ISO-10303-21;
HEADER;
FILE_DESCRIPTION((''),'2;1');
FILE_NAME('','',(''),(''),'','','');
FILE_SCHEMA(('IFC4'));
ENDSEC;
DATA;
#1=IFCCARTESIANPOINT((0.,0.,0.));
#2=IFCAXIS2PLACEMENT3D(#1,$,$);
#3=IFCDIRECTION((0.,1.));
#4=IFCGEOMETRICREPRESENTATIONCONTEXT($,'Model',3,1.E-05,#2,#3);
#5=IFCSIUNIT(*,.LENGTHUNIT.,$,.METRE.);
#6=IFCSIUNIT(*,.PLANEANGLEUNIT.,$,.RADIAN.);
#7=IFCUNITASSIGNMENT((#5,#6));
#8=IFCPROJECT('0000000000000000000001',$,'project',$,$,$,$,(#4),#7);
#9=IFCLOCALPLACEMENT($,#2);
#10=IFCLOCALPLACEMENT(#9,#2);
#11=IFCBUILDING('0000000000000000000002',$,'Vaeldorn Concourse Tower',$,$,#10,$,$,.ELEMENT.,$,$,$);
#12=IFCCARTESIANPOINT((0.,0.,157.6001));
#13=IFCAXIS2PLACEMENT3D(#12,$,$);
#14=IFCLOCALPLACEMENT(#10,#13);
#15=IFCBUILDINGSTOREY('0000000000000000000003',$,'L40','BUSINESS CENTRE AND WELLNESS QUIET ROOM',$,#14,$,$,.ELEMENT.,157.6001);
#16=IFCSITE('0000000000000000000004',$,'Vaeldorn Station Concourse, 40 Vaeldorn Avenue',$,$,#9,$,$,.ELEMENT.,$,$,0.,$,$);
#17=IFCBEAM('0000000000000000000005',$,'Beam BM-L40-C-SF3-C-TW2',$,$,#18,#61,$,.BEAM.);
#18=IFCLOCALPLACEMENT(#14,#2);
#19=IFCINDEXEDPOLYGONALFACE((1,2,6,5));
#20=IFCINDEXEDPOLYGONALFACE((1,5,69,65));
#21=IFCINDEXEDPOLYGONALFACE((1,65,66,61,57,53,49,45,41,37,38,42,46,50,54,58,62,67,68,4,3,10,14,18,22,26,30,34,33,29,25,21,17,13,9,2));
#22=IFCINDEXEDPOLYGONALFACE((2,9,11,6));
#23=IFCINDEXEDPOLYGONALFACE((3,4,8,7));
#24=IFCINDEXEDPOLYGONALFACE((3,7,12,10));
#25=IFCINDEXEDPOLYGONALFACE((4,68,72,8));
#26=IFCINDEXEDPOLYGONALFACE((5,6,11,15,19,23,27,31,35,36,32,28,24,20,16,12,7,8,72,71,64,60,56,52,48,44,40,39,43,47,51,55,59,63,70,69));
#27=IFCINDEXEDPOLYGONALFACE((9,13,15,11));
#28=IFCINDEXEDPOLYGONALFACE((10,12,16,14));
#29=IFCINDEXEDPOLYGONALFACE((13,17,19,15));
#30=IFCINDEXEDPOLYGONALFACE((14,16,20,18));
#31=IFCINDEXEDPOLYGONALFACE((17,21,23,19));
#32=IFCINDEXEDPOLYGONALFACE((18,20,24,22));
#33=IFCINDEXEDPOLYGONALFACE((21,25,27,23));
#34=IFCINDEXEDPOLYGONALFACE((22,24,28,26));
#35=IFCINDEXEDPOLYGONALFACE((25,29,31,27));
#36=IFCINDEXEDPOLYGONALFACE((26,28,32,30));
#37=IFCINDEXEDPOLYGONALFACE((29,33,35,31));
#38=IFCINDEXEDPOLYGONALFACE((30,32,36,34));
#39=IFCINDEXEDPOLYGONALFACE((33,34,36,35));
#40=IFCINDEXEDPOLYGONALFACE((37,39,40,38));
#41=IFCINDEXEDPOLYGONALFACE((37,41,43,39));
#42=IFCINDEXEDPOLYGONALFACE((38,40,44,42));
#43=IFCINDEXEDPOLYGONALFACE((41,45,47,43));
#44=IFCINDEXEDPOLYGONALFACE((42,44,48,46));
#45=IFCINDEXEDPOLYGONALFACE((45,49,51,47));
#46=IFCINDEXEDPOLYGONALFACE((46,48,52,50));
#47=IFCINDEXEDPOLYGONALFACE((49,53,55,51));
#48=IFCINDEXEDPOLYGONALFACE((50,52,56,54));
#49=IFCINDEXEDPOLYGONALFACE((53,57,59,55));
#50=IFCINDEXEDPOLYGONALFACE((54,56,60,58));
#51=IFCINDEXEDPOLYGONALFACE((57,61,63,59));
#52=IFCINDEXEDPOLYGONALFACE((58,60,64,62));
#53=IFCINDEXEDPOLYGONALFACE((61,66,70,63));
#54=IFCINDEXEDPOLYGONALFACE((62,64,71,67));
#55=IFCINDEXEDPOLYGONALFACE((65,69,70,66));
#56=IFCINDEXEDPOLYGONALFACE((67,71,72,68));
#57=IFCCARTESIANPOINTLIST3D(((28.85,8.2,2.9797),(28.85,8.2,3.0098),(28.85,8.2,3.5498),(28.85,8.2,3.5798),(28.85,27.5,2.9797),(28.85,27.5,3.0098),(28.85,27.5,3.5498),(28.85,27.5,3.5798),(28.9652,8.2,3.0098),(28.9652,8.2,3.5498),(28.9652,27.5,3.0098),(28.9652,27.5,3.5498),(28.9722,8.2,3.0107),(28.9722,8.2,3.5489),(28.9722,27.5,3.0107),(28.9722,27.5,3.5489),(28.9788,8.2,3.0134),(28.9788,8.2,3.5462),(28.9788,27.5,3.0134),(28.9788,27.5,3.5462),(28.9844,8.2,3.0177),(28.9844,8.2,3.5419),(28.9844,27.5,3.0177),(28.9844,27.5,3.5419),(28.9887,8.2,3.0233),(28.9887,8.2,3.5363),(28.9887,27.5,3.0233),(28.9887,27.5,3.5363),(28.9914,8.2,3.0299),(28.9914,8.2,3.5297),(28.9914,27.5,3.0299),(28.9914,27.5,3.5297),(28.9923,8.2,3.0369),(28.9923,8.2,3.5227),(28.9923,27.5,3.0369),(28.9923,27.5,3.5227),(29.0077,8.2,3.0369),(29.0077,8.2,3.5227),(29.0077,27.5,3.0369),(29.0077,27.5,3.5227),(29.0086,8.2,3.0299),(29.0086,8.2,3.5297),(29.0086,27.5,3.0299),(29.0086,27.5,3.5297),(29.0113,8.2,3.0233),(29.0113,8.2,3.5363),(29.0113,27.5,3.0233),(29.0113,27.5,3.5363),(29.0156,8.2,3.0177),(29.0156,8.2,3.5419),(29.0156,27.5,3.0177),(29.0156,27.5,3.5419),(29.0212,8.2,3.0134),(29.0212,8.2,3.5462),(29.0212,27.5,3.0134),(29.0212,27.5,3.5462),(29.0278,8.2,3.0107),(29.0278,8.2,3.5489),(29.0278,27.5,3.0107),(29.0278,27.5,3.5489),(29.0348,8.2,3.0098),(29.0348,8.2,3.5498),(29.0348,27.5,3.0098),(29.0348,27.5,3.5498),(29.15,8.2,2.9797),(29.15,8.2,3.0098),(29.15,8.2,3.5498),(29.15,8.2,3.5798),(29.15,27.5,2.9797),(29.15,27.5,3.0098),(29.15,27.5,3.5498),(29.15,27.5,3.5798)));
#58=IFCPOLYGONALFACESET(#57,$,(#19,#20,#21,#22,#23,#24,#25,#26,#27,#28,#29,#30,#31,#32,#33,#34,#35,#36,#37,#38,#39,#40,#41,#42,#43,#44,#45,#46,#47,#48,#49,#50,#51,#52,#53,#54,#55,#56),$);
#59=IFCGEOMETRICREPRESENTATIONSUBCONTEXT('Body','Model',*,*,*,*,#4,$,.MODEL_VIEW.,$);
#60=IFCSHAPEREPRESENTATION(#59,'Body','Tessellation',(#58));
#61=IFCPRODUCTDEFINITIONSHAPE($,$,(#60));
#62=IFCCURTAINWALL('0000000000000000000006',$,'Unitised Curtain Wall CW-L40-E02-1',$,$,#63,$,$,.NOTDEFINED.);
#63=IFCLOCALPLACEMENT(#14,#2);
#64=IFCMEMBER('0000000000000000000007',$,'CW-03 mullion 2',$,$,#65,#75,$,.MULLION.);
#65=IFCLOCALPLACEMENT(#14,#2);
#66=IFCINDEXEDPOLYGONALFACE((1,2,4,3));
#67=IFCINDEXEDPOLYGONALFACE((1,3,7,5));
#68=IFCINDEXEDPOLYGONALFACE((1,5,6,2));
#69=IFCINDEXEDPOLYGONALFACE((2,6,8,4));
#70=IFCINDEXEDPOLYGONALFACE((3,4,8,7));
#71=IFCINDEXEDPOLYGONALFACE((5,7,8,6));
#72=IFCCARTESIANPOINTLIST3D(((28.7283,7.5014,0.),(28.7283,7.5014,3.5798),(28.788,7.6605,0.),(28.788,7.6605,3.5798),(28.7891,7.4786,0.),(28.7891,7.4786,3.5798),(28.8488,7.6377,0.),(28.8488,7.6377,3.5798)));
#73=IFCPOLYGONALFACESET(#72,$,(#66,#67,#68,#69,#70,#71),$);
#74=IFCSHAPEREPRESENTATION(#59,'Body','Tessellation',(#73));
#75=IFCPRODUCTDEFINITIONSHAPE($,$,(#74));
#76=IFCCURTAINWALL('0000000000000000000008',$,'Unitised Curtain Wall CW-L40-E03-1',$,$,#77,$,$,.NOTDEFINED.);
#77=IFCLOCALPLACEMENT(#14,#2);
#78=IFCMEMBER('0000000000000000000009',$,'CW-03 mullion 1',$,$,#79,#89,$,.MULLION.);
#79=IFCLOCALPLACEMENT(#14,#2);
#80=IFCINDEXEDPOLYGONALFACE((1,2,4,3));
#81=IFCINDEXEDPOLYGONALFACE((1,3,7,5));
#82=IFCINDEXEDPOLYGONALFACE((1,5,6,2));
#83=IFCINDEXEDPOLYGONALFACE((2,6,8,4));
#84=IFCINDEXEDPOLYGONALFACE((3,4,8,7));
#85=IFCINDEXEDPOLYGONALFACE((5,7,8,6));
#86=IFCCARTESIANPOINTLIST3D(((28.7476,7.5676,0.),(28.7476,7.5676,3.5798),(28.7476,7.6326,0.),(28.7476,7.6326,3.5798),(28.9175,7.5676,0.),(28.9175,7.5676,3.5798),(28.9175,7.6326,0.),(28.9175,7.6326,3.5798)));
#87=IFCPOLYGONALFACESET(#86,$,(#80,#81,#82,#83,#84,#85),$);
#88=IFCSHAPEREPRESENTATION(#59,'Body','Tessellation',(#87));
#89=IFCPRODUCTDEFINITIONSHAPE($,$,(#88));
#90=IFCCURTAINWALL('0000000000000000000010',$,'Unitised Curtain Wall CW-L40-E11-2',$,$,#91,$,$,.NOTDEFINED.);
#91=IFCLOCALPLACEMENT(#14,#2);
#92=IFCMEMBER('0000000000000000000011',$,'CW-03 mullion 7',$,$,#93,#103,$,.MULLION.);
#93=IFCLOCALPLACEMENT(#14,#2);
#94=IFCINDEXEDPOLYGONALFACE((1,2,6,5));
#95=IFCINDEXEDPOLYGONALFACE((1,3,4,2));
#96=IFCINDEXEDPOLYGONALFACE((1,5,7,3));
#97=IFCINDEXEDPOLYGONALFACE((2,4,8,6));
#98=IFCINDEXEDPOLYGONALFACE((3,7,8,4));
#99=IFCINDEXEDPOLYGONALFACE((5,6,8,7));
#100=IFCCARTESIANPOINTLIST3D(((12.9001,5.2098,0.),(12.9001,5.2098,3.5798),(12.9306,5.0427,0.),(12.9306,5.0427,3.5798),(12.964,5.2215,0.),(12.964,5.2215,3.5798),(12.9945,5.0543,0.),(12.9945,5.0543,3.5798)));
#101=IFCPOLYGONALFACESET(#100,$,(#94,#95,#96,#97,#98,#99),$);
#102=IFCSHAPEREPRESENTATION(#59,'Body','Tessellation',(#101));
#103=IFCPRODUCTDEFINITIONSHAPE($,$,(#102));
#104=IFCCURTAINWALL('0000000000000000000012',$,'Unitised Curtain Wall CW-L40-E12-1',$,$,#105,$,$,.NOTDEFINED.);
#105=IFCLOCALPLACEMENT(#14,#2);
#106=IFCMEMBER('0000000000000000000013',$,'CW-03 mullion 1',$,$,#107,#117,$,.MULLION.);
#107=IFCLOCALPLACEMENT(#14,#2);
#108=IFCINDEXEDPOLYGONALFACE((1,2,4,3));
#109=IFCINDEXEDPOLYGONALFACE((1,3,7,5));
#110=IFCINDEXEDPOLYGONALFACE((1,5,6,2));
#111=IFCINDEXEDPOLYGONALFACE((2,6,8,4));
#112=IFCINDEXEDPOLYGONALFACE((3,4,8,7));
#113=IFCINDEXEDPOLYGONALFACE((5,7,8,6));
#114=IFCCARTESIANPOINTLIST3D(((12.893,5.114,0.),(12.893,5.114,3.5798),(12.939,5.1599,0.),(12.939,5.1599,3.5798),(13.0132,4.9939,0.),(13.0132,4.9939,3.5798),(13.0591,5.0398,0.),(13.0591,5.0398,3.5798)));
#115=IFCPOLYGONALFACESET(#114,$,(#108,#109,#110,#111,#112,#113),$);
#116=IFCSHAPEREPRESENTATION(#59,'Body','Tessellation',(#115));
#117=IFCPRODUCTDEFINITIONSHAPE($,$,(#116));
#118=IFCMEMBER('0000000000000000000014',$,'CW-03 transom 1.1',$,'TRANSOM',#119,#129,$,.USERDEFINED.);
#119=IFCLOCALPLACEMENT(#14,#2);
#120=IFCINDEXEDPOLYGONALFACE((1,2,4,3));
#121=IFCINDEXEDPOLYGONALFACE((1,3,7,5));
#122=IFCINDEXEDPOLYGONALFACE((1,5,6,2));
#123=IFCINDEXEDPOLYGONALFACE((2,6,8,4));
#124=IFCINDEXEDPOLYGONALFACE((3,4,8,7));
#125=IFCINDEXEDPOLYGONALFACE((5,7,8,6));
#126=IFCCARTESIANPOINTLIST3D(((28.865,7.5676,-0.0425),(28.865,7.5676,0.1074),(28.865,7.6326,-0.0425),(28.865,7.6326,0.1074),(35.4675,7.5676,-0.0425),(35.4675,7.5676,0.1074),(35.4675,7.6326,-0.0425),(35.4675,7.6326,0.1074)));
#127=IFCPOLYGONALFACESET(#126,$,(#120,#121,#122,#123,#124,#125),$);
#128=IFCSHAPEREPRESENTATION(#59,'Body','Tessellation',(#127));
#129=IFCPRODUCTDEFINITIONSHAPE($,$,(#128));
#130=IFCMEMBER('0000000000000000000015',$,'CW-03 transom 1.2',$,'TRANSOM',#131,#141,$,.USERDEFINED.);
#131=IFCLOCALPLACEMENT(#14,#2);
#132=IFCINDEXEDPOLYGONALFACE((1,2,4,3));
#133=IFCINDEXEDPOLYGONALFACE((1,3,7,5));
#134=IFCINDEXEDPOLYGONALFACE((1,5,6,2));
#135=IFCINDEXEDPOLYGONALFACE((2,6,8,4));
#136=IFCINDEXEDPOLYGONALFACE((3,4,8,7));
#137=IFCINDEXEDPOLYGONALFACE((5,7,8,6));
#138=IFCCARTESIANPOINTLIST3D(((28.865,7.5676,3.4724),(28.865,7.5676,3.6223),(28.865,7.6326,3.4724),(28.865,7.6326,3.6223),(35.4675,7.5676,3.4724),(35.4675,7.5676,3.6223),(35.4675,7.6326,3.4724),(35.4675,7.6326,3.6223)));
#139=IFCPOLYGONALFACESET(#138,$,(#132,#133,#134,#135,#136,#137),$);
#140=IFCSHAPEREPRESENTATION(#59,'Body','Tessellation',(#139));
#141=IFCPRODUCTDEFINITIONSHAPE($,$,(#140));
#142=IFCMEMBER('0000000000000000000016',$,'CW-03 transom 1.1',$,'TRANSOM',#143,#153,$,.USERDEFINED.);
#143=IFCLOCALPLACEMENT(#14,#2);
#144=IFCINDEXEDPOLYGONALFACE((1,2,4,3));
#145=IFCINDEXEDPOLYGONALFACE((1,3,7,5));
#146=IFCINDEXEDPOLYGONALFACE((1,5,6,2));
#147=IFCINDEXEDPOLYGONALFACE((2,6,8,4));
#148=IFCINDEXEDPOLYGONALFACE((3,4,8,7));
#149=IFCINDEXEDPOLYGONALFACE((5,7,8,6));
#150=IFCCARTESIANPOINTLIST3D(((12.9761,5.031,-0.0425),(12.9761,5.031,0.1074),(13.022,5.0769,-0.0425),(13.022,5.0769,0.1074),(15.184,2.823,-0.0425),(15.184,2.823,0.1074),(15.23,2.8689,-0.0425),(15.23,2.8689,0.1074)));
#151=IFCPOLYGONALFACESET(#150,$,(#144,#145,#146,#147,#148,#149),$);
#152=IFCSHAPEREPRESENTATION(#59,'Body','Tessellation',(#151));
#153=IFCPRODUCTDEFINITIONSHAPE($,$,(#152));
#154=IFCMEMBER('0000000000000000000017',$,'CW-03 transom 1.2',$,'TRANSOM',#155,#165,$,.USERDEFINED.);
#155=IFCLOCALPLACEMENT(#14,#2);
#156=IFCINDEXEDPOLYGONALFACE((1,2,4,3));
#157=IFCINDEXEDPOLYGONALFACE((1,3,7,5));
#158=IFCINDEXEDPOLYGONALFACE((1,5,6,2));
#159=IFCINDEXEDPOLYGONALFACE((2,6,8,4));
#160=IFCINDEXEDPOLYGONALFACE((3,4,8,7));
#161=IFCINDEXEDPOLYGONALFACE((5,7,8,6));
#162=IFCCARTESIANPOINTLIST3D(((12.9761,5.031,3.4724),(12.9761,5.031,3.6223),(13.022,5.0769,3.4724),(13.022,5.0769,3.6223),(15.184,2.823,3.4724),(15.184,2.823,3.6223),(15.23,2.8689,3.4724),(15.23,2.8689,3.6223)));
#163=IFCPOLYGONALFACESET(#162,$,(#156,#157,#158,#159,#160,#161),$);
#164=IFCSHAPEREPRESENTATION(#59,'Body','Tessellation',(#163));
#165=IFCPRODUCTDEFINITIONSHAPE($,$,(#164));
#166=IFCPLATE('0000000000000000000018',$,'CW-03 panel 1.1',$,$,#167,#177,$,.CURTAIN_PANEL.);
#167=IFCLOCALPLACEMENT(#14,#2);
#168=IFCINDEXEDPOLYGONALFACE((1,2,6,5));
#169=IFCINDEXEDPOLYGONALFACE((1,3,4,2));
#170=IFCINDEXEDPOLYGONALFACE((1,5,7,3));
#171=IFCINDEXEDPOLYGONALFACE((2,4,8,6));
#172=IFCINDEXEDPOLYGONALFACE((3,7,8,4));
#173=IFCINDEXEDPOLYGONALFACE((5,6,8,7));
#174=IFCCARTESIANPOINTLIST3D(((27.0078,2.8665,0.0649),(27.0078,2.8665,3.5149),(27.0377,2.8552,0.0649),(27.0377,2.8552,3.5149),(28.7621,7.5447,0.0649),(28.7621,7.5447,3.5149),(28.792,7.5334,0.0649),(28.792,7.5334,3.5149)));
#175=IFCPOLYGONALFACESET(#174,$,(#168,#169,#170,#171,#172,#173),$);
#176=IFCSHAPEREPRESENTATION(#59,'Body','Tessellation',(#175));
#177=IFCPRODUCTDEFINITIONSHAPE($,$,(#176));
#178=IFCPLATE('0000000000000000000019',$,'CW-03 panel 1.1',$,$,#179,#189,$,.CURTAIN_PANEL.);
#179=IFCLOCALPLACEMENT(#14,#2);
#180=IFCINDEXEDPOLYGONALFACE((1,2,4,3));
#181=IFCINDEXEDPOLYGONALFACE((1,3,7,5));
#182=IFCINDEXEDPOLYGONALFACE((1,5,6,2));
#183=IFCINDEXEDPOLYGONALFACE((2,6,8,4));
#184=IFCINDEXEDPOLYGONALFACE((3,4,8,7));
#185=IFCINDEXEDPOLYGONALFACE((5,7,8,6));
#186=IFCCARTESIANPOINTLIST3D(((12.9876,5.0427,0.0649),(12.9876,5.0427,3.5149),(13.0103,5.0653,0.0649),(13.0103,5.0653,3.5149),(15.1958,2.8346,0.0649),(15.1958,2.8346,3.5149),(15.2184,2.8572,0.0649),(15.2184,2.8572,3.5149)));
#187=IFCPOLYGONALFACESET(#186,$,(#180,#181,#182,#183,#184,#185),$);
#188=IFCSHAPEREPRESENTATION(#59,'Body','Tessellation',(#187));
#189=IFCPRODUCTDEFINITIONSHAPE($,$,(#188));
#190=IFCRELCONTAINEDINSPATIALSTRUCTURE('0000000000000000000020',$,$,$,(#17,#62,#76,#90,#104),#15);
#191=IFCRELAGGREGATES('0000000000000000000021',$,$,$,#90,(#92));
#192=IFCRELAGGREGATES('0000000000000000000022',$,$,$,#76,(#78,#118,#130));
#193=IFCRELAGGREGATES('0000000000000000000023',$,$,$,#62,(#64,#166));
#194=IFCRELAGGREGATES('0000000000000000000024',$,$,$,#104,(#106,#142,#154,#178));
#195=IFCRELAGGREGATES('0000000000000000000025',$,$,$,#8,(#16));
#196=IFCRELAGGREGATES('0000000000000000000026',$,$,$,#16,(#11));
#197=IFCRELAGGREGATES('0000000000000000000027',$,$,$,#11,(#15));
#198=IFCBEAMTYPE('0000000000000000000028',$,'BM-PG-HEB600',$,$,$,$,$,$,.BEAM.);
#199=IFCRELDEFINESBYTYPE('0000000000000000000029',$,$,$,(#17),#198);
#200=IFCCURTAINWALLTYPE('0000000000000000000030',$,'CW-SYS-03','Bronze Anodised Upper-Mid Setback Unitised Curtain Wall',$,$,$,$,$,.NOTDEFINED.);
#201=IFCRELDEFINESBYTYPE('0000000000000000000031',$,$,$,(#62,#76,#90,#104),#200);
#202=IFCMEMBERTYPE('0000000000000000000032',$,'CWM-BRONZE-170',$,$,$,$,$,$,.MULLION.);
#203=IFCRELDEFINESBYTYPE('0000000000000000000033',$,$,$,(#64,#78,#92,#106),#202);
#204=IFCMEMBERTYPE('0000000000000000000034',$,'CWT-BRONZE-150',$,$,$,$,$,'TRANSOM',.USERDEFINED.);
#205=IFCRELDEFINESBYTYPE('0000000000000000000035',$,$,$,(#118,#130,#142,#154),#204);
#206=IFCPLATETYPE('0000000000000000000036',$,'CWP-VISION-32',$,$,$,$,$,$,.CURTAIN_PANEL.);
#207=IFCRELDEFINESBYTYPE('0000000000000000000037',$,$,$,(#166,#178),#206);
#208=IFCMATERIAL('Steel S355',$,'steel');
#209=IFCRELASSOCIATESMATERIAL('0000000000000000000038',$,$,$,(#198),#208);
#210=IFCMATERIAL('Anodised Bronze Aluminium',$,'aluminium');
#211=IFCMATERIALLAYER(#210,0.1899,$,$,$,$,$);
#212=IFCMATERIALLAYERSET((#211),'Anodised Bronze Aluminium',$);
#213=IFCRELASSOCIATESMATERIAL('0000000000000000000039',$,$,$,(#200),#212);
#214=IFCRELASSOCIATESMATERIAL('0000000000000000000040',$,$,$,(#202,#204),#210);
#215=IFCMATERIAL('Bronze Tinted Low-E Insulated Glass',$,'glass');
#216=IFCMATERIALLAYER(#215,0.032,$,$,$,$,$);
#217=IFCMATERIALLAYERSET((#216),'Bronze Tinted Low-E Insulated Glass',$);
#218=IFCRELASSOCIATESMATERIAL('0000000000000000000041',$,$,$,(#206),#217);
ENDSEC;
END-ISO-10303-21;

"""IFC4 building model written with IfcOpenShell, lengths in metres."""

from ifc_helpers import new_model, si_unit, direction, frame, origin, origin_2d, place, context, subcontext, project, spatial, rectangle, i_section, extrude, source, transform, mapped, material, layer, layer_set, material_profile, profile_set, type_object, element, aggregate, save


model = new_model("IFC4")

# Units and contexts
model_context = context("Model", 3, precision=1e-05, world=origin(), true_north=direction((0.0, 1.0)))
body_context = subcontext(model_context, "Body", "Model", "MODEL_VIEW")
ifc_project = project(units=[si_unit("LENGTHUNIT", "METRE"), si_unit("PLANEANGLEUNIT", "RADIAN")], contexts=[model_context])

# Site, building, storey
site_placement = place(None, origin())
site = spatial("IfcSite", under=ifc_project, at=site_placement, Name="Vaeldorn Station Concourse, 40 Vaeldorn Avenue", CompositionType="ELEMENT", RefElevation=0.0)
building_placement = place(site_placement, origin())
building = spatial("IfcBuilding", under=site, at=building_placement, Name="Vaeldorn Concourse Tower", CompositionType="ELEMENT")
storey_placement = place(building_placement, frame((0.0, 0.0, 157.6001)))
storey = spatial("IfcBuildingStorey", under=building, at=storey_placement, Name="L40", Description="BUSINESS CENTRE AND WELLNESS QUIET ROOM", CompositionType="ELEMENT", Elevation=157.6001)

# Beam
ifc_material_1 = material(Name="Steel S355", Category="steel")
ifc_material_profile_1 = material_profile(ifc_material_1, i_section(OverallWidth=0.3, OverallDepth=0.6001, WebThickness=0.0154, FlangeThickness=0.03, FilletRadius=0.0271, at=origin_2d()), Name="HEB 600")
ifc_profile_set_1 = profile_set([ifc_material_profile_1], Name="Steel S355")
beam_type_1 = type_object("IfcBeamType", Name="BM-PG-HEB600", PredefinedType="BEAM", material=ifc_profile_set_1)
shared_shape_1 = source(origin(), body_context, "Body", "SweptSolid", [
    extrude(i_section(OverallWidth=0.3, OverallDepth=0.6001, WebThickness=0.0154, FlangeThickness=0.03, FilletRadius=0.0271, at=origin_2d()), origin(), (0.0, 0.0, 1.0), 19.3),
])
beam_1_placement = place(storey_placement, frame((29.0, 8.2, 3.2798), z_axis=(0.0, 1.0, 0.0), x_axis=(-1.0, 0.0, 0.0)))
element("IfcBeam", 1, at=beam_1_placement, inside=storey, type_object=beam_type_1, Name="Beam BM-L40-C-SF3-C-TW2", PredefinedType="BEAM", context=body_context, shape_type="MappedRepresentation", body=[
    mapped(shared_shape_1, transform((0.0, 0.0, 0.0), scale=1.0)),
])

# Curtain walls, members
ifc_material_2 = material(Name="Anodised Bronze Aluminium", Category="aluminium")
ifc_layer_1 = layer(ifc_material_2, 0.1899)
ifc_layer_set_1 = layer_set([ifc_layer_1], Name="Anodised Bronze Aluminium")
curtain_wall_type = type_object("IfcCurtainWallType", Name="CW-SYS-03", Description="Bronze Anodised Upper-Mid Setback Unitised Curtain Wall", PredefinedType="NOTDEFINED", material=ifc_layer_set_1)
curtain_wall_1_placement = place(storey_placement, origin())
curtain_wall_1 = element("IfcCurtainWall", 2, at=curtain_wall_1_placement, inside=storey, type_object=curtain_wall_type, Name="Unitised Curtain Wall CW-L40-E02-1", PredefinedType="NOTDEFINED")
ifc_material_profile_2 = material_profile(ifc_material_2, rectangle(XDim=0.0649, YDim=0.1699, at=origin_2d()), Name="CWM 65x170")
ifc_profile_set_2 = profile_set([ifc_material_profile_2], Name="Anodised Bronze Aluminium")
member_type_1 = type_object("IfcMemberType", Name="CWM-BRONZE-170", PredefinedType="MULLION", material=ifc_profile_set_2)
shared_shape_2 = source(origin(), body_context, "Body", "SweptSolid", [
    extrude(rectangle(XDim=0.0649, YDim=0.1699, at=origin_2d()), origin(), (0.0, 0.0, 1.0), 3.5798),
])
member_1_placement = place(storey_placement, frame((28.7886, 7.5696, 0.0), z_axis=(0.0, 0.0, 1.0), x_axis=(-0.936329, 0.351123, 0.0)))
member_1 = element("IfcMember", 3, at=member_1_placement, type_object=member_type_1, Name="CW-03 mullion 2", PredefinedType="MULLION", context=body_context, shape_type="MappedRepresentation", body=[
    mapped(shared_shape_2, transform((0.0, 0.0, 0.0), scale=1.0)),
])
curtain_wall_2_placement = place(storey_placement, origin())
curtain_wall_2 = element("IfcCurtainWall", 4, at=curtain_wall_2_placement, inside=storey, type_object=curtain_wall_type, Name="Unitised Curtain Wall CW-L40-E03-1", PredefinedType="NOTDEFINED")
member_2_placement = place(storey_placement, frame((28.8325, 7.6001, 0.0), z_axis=(0.0, 0.0, 1.0), x_axis=(0.0, 1.0, 0.0)))
member_2 = element("IfcMember", 5, at=member_2_placement, type_object=member_type_1, Name="CW-03 mullion 1", PredefinedType="MULLION", context=body_context, shape_type="MappedRepresentation", body=[
    mapped(shared_shape_2, transform((0.0, 0.0, 0.0), scale=1.0)),
])
curtain_wall_3_placement = place(storey_placement, origin())
curtain_wall_3 = element("IfcCurtainWall", 6, at=curtain_wall_3_placement, inside=storey, type_object=curtain_wall_type, Name="Unitised Curtain Wall CW-L40-E11-2", PredefinedType="NOTDEFINED")
member_3_placement = place(storey_placement, frame((12.9473, 5.1321, 0.0), z_axis=(0.0, 0.0, 1.0), x_axis=(0.983768, 0.179446, 0.0)))
member_3 = element("IfcMember", 7, at=member_3_placement, type_object=member_type_1, Name="CW-03 mullion 7", PredefinedType="MULLION", context=body_context, shape_type="MappedRepresentation", body=[
    mapped(shared_shape_2, transform((0.0, 0.0, 0.0), scale=1.0)),
])
aggregate(curtain_wall_3, [member_3])
curtain_wall_4_placement = place(storey_placement, origin())
curtain_wall_4 = element("IfcCurtainWall", 8, at=curtain_wall_4_placement, inside=storey, type_object=curtain_wall_type, Name="Unitised Curtain Wall CW-L40-E12-1", PredefinedType="NOTDEFINED")
member_4_placement = place(storey_placement, frame((12.9761, 5.0769, 0.0), z_axis=(0.0, 0.0, 1.0), x_axis=(0.707107, 0.707107, 0.0)))
member_4 = element("IfcMember", 9, at=member_4_placement, type_object=member_type_1, Name="CW-03 mullion 1", PredefinedType="MULLION", context=body_context, shape_type="MappedRepresentation", body=[
    mapped(shared_shape_2, transform((0.0, 0.0, 0.0), scale=1.0)),
])

# Members
ifc_material_profile_3 = material_profile(ifc_material_2, rectangle(XDim=0.0649, YDim=0.1499, at=origin_2d()), Name="CWT 65x150")
ifc_profile_set_3 = profile_set([ifc_material_profile_3], Name="Anodised Bronze Aluminium")
member_type_2 = type_object("IfcMemberType", Name="CWT-BRONZE-150", ElementType="TRANSOM", PredefinedType="USERDEFINED", material=ifc_profile_set_3)
shared_shape_3 = source(origin(), body_context, "Body", "SweptSolid", [
    extrude(rectangle(XDim=0.0649, YDim=0.1499, at=origin_2d()), origin(), (0.0, 0.0, 1.0), 6.6025),
])
member_5_placement = place(storey_placement, frame((28.865, 7.6001, 0.0325), z_axis=(1.0, 0.0, 0.0), x_axis=(0.0, 1.0, 0.0)))
member_5 = element("IfcMember", 10, at=member_5_placement, type_object=member_type_2, Name="CW-03 transom 1.1", ObjectType="TRANSOM", PredefinedType="USERDEFINED", context=body_context, shape_type="MappedRepresentation", body=[
    mapped(shared_shape_3, transform((0.0, 0.0, 0.0), scale=1.0)),
])
member_6_placement = place(storey_placement, frame((28.865, 7.6001, 3.5474), z_axis=(1.0, 0.0, 0.0), x_axis=(0.0, 1.0, 0.0)))
member_6 = element("IfcMember", 11, at=member_6_placement, type_object=member_type_2, Name="CW-03 transom 1.2", ObjectType="TRANSOM", PredefinedType="USERDEFINED", context=body_context, shape_type="MappedRepresentation", body=[
    mapped(shared_shape_3, transform((0.0, 0.0, 0.0), scale=1.0)),
])
aggregate(curtain_wall_2, [member_2, member_5, member_6])
shared_shape_4 = source(origin(), body_context, "Body", "SweptSolid", [
    extrude(rectangle(XDim=0.0649, YDim=0.1499, at=origin_2d()), origin(), (0.0, 0.0, 1.0), 3.1226),
])
member_7_placement = place(storey_placement, frame((12.999, 5.054, 0.0325), z_axis=(0.707107, -0.707107, 0.0), x_axis=(0.707107, 0.707107, 0.0)))
member_7 = element("IfcMember", 12, at=member_7_placement, type_object=member_type_2, Name="CW-03 transom 1.1", ObjectType="TRANSOM", PredefinedType="USERDEFINED", context=body_context, shape_type="MappedRepresentation", body=[
    mapped(shared_shape_4, transform((0.0, 0.0, 0.0), scale=1.0)),
])
member_8_placement = place(storey_placement, frame((12.999, 5.054, 3.5474), z_axis=(0.707107, -0.707107, 0.0), x_axis=(0.707107, 0.707107, 0.0)))
member_8 = element("IfcMember", 13, at=member_8_placement, type_object=member_type_2, Name="CW-03 transom 1.2", ObjectType="TRANSOM", PredefinedType="USERDEFINED", context=body_context, shape_type="MappedRepresentation", body=[
    mapped(shared_shape_4, transform((0.0, 0.0, 0.0), scale=1.0)),
])

# Plates
ifc_material_3 = material(Name="Bronze Tinted Low-E Insulated Glass", Category="glass")
ifc_layer_2 = layer(ifc_material_3, 0.032)
ifc_layer_set_2 = layer_set([ifc_layer_2], Name="Bronze Tinted Low-E Insulated Glass")
plate_type = type_object("IfcPlateType", Name="CWP-VISION-32", PredefinedType="CURTAIN_PANEL", material=ifc_layer_set_2)
shared_shape_5 = source(origin(), body_context, "Body", "SweptSolid", [
    extrude(rectangle(XDim=4.9963, YDim=0.032, at=origin_2d()), origin(), (0.0, 0.0, 1.0), 3.45),
])
plate_1_placement = place(storey_placement, frame((27.8999, 5.2, 0.0649), z_axis=(0.0, 0.0, 1.0), x_axis=(0.351123, 0.936329, 0.0)))
plate_1 = element("IfcPlate", 14, at=plate_1_placement, type_object=plate_type, Name="CW-03 panel 1.1", PredefinedType="CURTAIN_PANEL", context=body_context, shape_type="MappedRepresentation", body=[
    mapped(shared_shape_5, transform((0.0, 0.0, 0.0), scale=1.0)),
])
aggregate(curtain_wall_1, [member_1, plate_1])
shared_shape_6 = source(origin(), body_context, "Body", "SweptSolid", [
    extrude(rectangle(XDim=3.1228, YDim=0.032, at=origin_2d()), origin(), (0.0, 0.0, 1.0), 3.45),
])
plate_2_placement = place(storey_placement, frame((14.103, 3.95, 0.0649), z_axis=(0.0, 0.0, 1.0), x_axis=(0.707107, -0.707107, 0.0)))
plate_2 = element("IfcPlate", 15, at=plate_2_placement, type_object=plate_type, Name="CW-03 panel 1.1", PredefinedType="CURTAIN_PANEL", context=body_context, shape_type="MappedRepresentation", body=[
    mapped(shared_shape_6, transform((0.0, 0.0, 0.0), scale=1.0)),
])
aggregate(curtain_wall_4, [member_4, member_7, member_8, plate_2])

save(model, "model.ifc")
